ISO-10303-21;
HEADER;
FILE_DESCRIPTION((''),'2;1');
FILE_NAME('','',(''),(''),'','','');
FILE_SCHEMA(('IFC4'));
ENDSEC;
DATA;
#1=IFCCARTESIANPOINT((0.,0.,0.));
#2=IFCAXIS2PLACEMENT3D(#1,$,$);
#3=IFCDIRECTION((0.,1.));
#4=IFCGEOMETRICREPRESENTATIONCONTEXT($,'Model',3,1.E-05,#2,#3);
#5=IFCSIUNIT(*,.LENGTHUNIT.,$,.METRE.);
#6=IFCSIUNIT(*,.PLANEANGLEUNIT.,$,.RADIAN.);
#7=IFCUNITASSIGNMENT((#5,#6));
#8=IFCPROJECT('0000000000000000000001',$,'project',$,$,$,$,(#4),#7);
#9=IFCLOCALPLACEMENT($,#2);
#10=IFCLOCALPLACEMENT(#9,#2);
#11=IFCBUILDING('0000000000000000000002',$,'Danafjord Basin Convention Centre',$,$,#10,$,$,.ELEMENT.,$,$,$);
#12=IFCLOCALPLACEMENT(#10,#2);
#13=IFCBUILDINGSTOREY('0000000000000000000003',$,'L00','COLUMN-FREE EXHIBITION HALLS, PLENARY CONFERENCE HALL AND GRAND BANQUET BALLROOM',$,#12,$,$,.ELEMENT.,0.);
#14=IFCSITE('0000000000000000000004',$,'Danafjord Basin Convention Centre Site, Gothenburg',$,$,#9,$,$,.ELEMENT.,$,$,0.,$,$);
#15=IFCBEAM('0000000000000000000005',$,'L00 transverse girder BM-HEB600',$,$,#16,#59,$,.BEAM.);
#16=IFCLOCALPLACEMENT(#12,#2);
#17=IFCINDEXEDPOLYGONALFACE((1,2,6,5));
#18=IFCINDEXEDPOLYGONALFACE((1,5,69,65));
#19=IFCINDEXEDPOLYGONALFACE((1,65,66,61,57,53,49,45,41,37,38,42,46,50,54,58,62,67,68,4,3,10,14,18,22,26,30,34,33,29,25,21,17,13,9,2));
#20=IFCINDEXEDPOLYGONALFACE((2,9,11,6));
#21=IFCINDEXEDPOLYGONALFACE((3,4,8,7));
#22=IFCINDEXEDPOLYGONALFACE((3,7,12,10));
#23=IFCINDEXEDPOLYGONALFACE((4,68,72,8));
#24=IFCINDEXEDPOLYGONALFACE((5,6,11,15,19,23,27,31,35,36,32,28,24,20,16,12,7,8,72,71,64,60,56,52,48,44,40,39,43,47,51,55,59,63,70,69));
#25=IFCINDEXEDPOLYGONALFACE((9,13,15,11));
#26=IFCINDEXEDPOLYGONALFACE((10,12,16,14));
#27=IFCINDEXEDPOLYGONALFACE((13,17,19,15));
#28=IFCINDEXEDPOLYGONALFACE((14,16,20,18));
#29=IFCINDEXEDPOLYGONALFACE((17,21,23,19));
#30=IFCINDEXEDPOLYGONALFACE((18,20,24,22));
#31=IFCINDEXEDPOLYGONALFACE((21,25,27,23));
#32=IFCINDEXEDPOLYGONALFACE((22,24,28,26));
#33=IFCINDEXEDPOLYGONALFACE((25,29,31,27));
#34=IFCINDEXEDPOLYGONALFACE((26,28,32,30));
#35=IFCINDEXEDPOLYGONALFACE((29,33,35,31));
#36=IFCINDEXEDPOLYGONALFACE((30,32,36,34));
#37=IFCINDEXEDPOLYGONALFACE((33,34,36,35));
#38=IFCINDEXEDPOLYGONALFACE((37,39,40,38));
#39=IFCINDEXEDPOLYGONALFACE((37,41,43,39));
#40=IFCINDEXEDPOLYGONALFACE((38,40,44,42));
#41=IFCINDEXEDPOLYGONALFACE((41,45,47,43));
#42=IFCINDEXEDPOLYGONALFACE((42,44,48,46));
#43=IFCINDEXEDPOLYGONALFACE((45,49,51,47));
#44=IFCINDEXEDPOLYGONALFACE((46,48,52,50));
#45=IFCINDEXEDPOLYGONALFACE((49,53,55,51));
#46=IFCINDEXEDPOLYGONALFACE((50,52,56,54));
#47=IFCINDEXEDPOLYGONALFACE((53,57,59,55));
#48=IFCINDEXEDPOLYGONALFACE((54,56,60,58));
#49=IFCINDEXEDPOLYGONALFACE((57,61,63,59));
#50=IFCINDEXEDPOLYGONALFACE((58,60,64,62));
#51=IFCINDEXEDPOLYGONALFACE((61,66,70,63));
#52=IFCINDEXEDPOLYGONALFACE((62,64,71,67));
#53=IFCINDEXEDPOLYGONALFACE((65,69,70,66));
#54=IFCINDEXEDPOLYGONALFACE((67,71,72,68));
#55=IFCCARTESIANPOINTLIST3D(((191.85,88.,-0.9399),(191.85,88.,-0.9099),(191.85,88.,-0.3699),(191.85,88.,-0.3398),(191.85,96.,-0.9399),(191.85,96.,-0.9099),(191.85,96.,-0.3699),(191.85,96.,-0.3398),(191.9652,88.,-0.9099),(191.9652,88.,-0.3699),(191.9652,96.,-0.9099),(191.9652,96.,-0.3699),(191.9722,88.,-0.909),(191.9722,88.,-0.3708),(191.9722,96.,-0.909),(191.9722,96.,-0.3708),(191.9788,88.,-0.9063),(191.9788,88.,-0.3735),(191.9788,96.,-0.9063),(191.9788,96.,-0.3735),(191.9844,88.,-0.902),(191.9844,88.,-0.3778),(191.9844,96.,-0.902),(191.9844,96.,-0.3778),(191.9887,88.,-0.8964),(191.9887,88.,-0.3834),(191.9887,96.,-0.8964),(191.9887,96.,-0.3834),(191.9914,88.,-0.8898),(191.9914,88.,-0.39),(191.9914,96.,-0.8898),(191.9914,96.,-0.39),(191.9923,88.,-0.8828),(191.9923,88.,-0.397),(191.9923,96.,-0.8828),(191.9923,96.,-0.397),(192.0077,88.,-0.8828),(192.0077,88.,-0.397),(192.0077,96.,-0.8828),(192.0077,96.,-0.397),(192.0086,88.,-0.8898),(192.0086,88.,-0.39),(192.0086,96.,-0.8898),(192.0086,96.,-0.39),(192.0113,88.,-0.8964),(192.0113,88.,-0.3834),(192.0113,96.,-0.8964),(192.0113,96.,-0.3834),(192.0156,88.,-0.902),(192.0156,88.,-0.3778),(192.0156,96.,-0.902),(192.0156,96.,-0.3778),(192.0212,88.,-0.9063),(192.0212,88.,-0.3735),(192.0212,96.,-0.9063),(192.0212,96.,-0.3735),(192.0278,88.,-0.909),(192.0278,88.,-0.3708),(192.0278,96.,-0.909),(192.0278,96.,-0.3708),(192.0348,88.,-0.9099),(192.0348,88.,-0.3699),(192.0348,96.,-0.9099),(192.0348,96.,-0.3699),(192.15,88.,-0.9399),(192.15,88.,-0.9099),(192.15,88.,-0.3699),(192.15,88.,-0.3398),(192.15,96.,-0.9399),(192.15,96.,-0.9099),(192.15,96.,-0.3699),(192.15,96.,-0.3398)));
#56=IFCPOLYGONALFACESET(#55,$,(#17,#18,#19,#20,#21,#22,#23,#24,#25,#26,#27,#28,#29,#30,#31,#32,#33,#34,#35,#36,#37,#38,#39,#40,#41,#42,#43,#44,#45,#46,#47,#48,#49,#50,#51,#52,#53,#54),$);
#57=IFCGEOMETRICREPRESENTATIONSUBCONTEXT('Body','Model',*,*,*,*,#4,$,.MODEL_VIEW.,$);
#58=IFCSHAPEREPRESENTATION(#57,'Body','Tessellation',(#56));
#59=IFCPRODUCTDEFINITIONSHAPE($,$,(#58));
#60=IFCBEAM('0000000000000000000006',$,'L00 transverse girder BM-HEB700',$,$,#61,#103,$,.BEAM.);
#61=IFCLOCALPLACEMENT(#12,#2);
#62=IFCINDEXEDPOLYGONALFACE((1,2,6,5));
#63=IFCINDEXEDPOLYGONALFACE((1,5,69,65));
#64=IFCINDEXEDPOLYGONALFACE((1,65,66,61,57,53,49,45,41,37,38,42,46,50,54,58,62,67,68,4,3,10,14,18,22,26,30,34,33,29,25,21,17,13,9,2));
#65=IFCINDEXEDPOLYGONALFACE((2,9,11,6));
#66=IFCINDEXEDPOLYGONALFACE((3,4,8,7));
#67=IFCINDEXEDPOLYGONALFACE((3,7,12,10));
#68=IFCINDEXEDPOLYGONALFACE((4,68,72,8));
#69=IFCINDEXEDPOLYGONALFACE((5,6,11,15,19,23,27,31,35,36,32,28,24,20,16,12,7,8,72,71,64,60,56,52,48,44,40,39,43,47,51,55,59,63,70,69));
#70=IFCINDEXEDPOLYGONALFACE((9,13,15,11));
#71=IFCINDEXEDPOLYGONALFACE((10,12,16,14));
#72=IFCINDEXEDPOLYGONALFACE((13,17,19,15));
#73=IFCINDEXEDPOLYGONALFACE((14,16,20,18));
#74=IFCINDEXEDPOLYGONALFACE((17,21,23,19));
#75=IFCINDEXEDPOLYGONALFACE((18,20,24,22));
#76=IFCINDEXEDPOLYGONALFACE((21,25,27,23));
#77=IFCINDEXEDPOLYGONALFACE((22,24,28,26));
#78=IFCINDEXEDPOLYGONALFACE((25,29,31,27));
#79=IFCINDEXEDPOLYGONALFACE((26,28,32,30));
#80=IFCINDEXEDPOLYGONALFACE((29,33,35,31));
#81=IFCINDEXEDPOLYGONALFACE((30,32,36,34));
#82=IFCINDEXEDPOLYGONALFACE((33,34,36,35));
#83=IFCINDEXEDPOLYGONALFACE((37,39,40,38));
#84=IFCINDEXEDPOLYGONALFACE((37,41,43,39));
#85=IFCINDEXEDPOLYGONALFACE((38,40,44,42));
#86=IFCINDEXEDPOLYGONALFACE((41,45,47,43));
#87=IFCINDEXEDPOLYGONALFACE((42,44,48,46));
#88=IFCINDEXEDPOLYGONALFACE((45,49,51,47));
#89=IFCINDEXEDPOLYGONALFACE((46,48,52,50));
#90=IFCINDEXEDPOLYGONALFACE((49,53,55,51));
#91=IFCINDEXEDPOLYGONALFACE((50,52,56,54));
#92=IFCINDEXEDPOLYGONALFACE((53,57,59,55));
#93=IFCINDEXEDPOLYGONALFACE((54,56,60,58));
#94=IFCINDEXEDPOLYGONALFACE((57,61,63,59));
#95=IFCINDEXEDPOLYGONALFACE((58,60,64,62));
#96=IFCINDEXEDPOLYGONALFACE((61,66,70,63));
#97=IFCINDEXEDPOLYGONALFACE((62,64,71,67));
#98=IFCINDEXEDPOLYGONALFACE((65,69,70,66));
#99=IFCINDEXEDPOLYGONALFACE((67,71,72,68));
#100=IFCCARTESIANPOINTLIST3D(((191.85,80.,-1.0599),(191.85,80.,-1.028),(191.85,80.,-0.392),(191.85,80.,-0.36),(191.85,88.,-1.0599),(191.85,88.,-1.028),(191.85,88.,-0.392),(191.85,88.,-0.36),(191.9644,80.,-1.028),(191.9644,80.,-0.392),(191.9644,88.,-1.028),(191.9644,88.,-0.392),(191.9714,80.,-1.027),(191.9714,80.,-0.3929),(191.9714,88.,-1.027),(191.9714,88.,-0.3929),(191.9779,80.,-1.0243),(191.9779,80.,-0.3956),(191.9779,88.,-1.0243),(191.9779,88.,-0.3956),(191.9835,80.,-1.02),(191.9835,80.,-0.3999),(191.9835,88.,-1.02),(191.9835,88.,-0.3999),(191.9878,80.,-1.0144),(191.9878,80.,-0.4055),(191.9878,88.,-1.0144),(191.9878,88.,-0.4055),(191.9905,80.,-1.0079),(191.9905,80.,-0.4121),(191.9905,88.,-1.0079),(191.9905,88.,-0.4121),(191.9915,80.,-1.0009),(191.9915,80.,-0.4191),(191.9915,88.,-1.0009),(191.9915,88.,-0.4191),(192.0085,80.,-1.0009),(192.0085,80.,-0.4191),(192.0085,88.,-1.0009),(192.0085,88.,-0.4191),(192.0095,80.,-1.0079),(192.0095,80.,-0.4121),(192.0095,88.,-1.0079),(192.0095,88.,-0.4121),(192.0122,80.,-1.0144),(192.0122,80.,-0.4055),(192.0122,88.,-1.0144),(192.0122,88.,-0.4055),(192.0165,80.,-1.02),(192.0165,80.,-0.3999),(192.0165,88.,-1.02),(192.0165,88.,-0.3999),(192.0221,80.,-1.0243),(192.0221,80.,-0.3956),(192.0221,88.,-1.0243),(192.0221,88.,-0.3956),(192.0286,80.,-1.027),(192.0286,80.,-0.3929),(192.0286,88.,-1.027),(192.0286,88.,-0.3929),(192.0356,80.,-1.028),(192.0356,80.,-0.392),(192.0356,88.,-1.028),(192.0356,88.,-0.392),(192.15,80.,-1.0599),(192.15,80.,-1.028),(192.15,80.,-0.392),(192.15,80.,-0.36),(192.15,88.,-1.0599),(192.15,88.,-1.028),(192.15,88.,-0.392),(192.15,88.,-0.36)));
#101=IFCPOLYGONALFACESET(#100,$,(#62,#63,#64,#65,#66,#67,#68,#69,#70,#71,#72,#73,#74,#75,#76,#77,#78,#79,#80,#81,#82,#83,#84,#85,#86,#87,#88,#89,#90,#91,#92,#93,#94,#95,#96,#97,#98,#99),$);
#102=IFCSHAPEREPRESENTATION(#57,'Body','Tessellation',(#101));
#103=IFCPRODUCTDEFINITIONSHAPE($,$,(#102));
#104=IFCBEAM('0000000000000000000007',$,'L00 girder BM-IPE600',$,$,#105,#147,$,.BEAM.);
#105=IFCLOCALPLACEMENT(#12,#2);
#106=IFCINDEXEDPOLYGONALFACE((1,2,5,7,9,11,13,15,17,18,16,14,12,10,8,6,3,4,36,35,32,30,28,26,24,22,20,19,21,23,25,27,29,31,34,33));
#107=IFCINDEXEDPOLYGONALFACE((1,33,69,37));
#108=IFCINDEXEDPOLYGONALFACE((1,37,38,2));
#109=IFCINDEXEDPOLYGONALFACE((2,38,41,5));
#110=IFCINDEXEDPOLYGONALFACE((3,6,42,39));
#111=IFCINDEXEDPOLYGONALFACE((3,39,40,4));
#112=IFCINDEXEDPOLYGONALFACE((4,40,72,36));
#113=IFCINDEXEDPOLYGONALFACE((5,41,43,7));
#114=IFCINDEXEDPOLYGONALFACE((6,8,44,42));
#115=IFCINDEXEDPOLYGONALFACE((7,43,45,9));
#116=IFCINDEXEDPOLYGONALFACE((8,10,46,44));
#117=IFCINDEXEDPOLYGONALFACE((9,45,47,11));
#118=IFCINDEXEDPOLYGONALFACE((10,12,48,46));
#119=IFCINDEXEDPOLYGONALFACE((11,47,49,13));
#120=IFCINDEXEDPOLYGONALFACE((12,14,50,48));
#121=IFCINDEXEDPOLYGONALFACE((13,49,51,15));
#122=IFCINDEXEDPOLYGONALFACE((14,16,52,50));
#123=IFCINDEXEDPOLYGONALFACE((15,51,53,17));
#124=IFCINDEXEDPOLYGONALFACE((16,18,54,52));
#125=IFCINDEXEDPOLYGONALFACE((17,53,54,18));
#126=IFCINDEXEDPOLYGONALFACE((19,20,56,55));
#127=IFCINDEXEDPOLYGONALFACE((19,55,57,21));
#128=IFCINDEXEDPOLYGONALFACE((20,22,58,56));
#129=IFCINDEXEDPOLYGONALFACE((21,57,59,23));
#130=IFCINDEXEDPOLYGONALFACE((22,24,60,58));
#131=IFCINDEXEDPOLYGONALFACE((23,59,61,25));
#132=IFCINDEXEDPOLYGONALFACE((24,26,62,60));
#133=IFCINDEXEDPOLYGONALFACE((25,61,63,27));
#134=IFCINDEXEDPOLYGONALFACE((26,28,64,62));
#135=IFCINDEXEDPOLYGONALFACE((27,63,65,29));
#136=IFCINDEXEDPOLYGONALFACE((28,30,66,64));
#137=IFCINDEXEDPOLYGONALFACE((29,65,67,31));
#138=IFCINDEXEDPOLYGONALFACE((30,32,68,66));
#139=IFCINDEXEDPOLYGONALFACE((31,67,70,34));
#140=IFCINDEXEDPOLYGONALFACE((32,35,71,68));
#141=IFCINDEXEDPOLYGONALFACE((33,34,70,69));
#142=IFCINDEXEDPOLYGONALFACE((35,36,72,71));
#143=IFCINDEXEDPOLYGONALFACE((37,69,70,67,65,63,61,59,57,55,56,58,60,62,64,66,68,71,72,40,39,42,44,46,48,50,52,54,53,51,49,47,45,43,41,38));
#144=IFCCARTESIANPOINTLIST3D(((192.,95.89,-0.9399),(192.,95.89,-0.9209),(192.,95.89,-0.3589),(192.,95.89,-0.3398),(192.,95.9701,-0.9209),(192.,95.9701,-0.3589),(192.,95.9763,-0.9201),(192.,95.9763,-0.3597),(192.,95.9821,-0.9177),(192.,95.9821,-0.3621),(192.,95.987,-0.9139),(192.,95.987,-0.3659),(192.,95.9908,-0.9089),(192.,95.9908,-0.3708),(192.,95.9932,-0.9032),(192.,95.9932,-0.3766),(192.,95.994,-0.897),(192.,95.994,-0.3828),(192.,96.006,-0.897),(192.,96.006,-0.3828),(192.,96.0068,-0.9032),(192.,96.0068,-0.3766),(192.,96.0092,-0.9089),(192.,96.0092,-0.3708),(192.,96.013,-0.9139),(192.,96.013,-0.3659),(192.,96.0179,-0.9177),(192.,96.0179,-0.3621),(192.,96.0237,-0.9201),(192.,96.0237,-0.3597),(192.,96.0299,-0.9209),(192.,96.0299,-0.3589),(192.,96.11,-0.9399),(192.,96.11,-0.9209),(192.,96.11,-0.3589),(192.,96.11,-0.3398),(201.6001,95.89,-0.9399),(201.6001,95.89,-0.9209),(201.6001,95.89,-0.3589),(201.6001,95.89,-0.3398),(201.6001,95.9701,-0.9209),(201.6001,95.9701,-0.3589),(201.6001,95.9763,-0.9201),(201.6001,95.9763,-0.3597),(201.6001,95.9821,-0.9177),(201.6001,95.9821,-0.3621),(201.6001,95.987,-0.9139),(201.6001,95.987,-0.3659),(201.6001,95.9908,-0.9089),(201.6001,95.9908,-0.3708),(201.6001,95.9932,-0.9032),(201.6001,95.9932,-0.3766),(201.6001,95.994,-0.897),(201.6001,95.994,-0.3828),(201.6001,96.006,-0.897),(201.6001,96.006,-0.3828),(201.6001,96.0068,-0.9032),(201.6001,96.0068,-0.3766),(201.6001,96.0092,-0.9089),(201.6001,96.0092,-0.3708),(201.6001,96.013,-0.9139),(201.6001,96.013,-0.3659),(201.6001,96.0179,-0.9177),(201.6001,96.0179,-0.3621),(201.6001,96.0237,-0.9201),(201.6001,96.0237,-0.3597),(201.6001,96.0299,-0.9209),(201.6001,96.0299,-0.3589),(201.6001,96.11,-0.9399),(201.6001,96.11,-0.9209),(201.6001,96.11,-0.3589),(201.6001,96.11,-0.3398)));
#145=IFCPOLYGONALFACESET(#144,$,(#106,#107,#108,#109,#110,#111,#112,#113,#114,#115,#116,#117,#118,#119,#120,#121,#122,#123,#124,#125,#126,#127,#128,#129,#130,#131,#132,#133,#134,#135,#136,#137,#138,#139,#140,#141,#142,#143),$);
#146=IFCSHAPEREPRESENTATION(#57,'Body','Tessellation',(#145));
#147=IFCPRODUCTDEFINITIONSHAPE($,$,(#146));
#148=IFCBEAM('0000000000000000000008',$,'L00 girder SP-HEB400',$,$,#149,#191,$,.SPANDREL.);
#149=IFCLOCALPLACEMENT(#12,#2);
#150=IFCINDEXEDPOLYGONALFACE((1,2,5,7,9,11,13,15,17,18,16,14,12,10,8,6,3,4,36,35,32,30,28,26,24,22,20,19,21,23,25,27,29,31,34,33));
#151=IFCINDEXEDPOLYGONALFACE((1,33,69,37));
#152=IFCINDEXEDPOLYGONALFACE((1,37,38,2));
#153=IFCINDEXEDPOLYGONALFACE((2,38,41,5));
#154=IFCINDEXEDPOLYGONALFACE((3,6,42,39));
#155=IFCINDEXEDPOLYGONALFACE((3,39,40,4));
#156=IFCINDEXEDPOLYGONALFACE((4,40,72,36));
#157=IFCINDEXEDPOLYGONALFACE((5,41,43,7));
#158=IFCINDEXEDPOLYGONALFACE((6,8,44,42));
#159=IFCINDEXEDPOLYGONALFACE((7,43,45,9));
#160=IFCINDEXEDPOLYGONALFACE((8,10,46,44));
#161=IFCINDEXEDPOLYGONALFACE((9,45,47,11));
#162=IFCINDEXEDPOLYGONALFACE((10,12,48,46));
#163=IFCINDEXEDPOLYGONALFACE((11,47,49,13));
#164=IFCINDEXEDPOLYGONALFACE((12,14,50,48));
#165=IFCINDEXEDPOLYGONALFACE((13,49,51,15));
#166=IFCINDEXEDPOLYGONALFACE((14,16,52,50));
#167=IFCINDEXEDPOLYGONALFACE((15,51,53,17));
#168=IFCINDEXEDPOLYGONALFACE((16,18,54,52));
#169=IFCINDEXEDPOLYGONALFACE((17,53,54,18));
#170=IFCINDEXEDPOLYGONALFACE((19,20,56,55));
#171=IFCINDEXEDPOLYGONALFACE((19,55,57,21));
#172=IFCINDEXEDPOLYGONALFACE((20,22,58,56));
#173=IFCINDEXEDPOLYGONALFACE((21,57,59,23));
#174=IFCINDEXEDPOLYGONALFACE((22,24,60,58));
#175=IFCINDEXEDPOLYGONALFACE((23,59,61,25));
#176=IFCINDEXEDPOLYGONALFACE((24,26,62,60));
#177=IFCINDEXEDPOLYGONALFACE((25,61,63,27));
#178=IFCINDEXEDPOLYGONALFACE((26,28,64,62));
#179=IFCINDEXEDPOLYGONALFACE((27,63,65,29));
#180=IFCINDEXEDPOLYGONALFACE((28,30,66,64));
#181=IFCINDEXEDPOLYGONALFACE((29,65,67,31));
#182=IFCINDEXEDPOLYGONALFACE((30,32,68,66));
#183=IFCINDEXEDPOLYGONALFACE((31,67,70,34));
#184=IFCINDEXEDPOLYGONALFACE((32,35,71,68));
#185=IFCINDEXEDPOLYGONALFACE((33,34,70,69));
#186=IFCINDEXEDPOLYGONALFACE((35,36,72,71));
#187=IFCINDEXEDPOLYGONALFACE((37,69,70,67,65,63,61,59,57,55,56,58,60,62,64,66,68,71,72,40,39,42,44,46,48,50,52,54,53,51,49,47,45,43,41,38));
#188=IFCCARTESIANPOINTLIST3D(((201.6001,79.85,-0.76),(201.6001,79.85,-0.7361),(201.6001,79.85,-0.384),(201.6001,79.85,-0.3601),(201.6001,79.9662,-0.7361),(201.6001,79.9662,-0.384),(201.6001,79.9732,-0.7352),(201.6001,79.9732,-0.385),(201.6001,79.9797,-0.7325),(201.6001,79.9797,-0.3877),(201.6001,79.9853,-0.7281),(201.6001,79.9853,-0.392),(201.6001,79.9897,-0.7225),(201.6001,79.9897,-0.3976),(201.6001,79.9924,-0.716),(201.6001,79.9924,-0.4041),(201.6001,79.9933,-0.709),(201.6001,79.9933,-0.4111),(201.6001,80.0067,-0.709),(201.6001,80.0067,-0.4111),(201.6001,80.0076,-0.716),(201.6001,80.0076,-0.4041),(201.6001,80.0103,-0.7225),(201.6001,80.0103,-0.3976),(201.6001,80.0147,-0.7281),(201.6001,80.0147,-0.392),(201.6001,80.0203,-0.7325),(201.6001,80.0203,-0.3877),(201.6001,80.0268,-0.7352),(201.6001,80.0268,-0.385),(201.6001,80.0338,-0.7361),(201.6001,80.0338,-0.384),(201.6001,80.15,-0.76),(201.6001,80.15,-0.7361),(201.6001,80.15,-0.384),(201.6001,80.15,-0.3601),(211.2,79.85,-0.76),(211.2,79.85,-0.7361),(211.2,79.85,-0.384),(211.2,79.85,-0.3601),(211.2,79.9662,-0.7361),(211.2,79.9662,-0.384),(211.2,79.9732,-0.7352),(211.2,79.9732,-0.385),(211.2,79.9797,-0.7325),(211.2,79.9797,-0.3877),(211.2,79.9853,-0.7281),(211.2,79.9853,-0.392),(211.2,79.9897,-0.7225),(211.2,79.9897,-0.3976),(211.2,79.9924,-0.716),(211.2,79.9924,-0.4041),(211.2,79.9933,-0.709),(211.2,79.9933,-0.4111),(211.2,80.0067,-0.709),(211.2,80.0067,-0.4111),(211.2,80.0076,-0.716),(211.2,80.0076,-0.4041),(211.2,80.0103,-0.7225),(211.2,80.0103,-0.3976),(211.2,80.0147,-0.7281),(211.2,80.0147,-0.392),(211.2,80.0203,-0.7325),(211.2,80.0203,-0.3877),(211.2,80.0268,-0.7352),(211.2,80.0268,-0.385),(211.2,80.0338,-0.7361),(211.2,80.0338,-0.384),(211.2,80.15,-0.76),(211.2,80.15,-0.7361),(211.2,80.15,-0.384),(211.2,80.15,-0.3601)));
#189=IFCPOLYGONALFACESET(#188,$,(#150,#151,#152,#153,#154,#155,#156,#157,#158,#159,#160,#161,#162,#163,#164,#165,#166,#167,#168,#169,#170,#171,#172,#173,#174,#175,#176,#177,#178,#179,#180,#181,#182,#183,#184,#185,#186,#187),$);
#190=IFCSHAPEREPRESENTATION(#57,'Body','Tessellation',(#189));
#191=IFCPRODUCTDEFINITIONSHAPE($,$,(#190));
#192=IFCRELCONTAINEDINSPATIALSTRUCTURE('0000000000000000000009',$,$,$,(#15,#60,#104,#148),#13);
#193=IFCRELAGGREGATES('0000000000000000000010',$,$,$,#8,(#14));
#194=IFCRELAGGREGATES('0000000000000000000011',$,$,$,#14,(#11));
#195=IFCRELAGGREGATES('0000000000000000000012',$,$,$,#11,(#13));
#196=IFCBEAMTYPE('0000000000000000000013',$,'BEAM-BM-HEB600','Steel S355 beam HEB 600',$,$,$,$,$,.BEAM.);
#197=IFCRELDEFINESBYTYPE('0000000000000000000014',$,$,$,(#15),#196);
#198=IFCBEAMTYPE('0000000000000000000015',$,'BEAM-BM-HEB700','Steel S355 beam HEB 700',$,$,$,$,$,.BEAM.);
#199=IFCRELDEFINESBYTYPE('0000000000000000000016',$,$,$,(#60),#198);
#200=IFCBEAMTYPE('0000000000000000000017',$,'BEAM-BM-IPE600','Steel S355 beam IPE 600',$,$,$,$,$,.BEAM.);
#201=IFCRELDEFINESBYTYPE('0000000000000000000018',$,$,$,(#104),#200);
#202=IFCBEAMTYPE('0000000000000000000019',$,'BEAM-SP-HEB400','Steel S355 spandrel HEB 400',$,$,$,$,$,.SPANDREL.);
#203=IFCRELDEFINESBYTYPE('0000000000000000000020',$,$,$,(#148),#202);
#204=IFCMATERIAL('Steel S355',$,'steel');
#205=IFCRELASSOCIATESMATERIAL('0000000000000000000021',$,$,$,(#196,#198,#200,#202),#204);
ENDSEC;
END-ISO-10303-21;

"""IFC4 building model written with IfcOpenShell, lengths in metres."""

from ifc_helpers import new_model, si_unit, direction, frame, origin, origin_2d, place, context, subcontext, project, spatial, i_section, extrude, material, material_profile, profile_set, type_object, element, save


model = new_model("IFC4")

# Units and contexts
model_context = context("Model", 3, precision=1e-05, world=origin(), true_north=direction((0.0, 1.0)))
body_context = subcontext(model_context, "Body", "Model", "MODEL_VIEW")
ifc_project = project(units=[si_unit("LENGTHUNIT", "METRE"), si_unit("PLANEANGLEUNIT", "RADIAN")], contexts=[model_context])

# Site, building, storey
site_placement = place(None, origin())
site = spatial("IfcSite", under=ifc_project, at=site_placement, Name="Danafjord Basin Convention Centre Site, Gothenburg", CompositionType="ELEMENT", RefElevation=0.0)
building_placement = place(site_placement, origin())
building = spatial("IfcBuilding", under=site, at=building_placement, Name="Danafjord Basin Convention Centre", CompositionType="ELEMENT")
storey_placement = place(building_placement, origin())
storey = spatial("IfcBuildingStorey", under=building, at=storey_placement, Name="L00", Description="COLUMN-FREE EXHIBITION HALLS, PLENARY CONFERENCE HALL AND GRAND BANQUET BALLROOM", CompositionType="ELEMENT", Elevation=0.0)

# Shared definitions
ifc_material_1 = material(Name="Steel S355", Category="steel")

# Beams
ifc_material_profile_1 = material_profile(ifc_material_1, i_section(OverallWidth=0.3, OverallDepth=0.6001, WebThickness=0.0154, FlangeThickness=0.03, FilletRadius=0.0271, at=origin_2d()), Name="HEB 600")
ifc_profile_set_1 = profile_set([ifc_material_profile_1], Name="Steel S355")
beam_type_1 = type_object("IfcBeamType", Name="BEAM-BM-HEB600", Description="Steel S355 beam HEB 600", PredefinedType="BEAM", material=ifc_profile_set_1)
beam_1_placement = place(storey_placement, frame((192.0, 88.0, -0.6399), z_axis=(0.0, 1.0, 0.0), x_axis=(-1.0, 0.0, 0.0)))
element("IfcBeam", 1, at=beam_1_placement, inside=storey, type_object=beam_type_1, Name="L00 transverse girder BM-HEB600", PredefinedType="BEAM", context=body_context, shape_type="SweptSolid", body=[
    extrude(i_section(OverallWidth=0.3, OverallDepth=0.6001, WebThickness=0.0154, FlangeThickness=0.03, FilletRadius=0.0271, at=origin_2d()), origin(), (0.0, 0.0, 1.0), 8.0),
])
ifc_material_profile_2 = material_profile(ifc_material_1, i_section(OverallWidth=0.3, OverallDepth=0.7, WebThickness=0.0171, FlangeThickness=0.032, FilletRadius=0.0271, at=origin_2d()), Name="HEB 700")
ifc_profile_set_2 = profile_set([ifc_material_profile_2], Name="Steel S355")
beam_type_2 = type_object("IfcBeamType", Name="BEAM-BM-HEB700", Description="Steel S355 beam HEB 700", PredefinedType="BEAM", material=ifc_profile_set_2)
beam_2_placement = place(storey_placement, frame((192.0, 80.0, -0.71), z_axis=(0.0, 1.0, 0.0), x_axis=(-1.0, 0.0, 0.0)))
element("IfcBeam", 2, at=beam_2_placement, inside=storey, type_object=beam_type_2, Name="L00 transverse girder BM-HEB700", PredefinedType="BEAM", context=body_context, shape_type="SweptSolid", body=[
    extrude(i_section(OverallWidth=0.3, OverallDepth=0.7, WebThickness=0.0171, FlangeThickness=0.032, FilletRadius=0.0271, at=origin_2d()), origin(), (0.0, 0.0, 1.0), 8.0),
])
ifc_material_profile_3 = material_profile(ifc_material_1, i_section(OverallWidth=0.22, OverallDepth=0.6001, WebThickness=0.012, FlangeThickness=0.019, FilletRadius=0.0239, at=origin_2d()), Name="IPE 600")
ifc_profile_set_3 = profile_set([ifc_material_profile_3], Name="Steel S355")
beam_type_3 = type_object("IfcBeamType", Name="BEAM-BM-IPE600", Description="Steel S355 beam IPE 600", PredefinedType="BEAM", material=ifc_profile_set_3)
beam_3_placement = place(storey_placement, frame((192.0, 96.0, -0.6399), z_axis=(1.0, 0.0, 0.0), x_axis=(0.0, 1.0, 0.0)))
element("IfcBeam", 3, at=beam_3_placement, inside=storey, type_object=beam_type_3, Name="L00 girder BM-IPE600", PredefinedType="BEAM", context=body_context, shape_type="SweptSolid", body=[
    extrude(i_section(OverallWidth=0.22, OverallDepth=0.6001, WebThickness=0.012, FlangeThickness=0.019, FilletRadius=0.0239, at=origin_2d()), origin(), (0.0, 0.0, 1.0), 9.6001),
])
ifc_material_profile_4 = material_profile(ifc_material_1, i_section(OverallWidth=0.3, OverallDepth=0.3999, WebThickness=0.0134, FlangeThickness=0.0239, FilletRadius=0.0271, at=origin_2d()), Name="HEB 400")
ifc_profile_set_4 = profile_set([ifc_material_profile_4], Name="Steel S355")
beam_type_4 = type_object("IfcBeamType", Name="BEAM-SP-HEB400", Description="Steel S355 spandrel HEB 400", PredefinedType="SPANDREL", material=ifc_profile_set_4)
beam_4_placement = place(storey_placement, frame((201.6001, 80.0, -0.5601), z_axis=(1.0, 0.0, 0.0), x_axis=(0.0, 1.0, 0.0)))
element("IfcBeam", 4, at=beam_4_placement, inside=storey, type_object=beam_type_4, Name="L00 girder SP-HEB400", PredefinedType="SPANDREL", context=body_context, shape_type="SweptSolid", body=[
    extrude(i_section(OverallWidth=0.3, OverallDepth=0.3999, WebThickness=0.0134, FlangeThickness=0.0239, FilletRadius=0.0271, at=origin_2d()), origin(), (0.0, 0.0, 1.0), 9.5999),
])

save(model, "model.ifc")
